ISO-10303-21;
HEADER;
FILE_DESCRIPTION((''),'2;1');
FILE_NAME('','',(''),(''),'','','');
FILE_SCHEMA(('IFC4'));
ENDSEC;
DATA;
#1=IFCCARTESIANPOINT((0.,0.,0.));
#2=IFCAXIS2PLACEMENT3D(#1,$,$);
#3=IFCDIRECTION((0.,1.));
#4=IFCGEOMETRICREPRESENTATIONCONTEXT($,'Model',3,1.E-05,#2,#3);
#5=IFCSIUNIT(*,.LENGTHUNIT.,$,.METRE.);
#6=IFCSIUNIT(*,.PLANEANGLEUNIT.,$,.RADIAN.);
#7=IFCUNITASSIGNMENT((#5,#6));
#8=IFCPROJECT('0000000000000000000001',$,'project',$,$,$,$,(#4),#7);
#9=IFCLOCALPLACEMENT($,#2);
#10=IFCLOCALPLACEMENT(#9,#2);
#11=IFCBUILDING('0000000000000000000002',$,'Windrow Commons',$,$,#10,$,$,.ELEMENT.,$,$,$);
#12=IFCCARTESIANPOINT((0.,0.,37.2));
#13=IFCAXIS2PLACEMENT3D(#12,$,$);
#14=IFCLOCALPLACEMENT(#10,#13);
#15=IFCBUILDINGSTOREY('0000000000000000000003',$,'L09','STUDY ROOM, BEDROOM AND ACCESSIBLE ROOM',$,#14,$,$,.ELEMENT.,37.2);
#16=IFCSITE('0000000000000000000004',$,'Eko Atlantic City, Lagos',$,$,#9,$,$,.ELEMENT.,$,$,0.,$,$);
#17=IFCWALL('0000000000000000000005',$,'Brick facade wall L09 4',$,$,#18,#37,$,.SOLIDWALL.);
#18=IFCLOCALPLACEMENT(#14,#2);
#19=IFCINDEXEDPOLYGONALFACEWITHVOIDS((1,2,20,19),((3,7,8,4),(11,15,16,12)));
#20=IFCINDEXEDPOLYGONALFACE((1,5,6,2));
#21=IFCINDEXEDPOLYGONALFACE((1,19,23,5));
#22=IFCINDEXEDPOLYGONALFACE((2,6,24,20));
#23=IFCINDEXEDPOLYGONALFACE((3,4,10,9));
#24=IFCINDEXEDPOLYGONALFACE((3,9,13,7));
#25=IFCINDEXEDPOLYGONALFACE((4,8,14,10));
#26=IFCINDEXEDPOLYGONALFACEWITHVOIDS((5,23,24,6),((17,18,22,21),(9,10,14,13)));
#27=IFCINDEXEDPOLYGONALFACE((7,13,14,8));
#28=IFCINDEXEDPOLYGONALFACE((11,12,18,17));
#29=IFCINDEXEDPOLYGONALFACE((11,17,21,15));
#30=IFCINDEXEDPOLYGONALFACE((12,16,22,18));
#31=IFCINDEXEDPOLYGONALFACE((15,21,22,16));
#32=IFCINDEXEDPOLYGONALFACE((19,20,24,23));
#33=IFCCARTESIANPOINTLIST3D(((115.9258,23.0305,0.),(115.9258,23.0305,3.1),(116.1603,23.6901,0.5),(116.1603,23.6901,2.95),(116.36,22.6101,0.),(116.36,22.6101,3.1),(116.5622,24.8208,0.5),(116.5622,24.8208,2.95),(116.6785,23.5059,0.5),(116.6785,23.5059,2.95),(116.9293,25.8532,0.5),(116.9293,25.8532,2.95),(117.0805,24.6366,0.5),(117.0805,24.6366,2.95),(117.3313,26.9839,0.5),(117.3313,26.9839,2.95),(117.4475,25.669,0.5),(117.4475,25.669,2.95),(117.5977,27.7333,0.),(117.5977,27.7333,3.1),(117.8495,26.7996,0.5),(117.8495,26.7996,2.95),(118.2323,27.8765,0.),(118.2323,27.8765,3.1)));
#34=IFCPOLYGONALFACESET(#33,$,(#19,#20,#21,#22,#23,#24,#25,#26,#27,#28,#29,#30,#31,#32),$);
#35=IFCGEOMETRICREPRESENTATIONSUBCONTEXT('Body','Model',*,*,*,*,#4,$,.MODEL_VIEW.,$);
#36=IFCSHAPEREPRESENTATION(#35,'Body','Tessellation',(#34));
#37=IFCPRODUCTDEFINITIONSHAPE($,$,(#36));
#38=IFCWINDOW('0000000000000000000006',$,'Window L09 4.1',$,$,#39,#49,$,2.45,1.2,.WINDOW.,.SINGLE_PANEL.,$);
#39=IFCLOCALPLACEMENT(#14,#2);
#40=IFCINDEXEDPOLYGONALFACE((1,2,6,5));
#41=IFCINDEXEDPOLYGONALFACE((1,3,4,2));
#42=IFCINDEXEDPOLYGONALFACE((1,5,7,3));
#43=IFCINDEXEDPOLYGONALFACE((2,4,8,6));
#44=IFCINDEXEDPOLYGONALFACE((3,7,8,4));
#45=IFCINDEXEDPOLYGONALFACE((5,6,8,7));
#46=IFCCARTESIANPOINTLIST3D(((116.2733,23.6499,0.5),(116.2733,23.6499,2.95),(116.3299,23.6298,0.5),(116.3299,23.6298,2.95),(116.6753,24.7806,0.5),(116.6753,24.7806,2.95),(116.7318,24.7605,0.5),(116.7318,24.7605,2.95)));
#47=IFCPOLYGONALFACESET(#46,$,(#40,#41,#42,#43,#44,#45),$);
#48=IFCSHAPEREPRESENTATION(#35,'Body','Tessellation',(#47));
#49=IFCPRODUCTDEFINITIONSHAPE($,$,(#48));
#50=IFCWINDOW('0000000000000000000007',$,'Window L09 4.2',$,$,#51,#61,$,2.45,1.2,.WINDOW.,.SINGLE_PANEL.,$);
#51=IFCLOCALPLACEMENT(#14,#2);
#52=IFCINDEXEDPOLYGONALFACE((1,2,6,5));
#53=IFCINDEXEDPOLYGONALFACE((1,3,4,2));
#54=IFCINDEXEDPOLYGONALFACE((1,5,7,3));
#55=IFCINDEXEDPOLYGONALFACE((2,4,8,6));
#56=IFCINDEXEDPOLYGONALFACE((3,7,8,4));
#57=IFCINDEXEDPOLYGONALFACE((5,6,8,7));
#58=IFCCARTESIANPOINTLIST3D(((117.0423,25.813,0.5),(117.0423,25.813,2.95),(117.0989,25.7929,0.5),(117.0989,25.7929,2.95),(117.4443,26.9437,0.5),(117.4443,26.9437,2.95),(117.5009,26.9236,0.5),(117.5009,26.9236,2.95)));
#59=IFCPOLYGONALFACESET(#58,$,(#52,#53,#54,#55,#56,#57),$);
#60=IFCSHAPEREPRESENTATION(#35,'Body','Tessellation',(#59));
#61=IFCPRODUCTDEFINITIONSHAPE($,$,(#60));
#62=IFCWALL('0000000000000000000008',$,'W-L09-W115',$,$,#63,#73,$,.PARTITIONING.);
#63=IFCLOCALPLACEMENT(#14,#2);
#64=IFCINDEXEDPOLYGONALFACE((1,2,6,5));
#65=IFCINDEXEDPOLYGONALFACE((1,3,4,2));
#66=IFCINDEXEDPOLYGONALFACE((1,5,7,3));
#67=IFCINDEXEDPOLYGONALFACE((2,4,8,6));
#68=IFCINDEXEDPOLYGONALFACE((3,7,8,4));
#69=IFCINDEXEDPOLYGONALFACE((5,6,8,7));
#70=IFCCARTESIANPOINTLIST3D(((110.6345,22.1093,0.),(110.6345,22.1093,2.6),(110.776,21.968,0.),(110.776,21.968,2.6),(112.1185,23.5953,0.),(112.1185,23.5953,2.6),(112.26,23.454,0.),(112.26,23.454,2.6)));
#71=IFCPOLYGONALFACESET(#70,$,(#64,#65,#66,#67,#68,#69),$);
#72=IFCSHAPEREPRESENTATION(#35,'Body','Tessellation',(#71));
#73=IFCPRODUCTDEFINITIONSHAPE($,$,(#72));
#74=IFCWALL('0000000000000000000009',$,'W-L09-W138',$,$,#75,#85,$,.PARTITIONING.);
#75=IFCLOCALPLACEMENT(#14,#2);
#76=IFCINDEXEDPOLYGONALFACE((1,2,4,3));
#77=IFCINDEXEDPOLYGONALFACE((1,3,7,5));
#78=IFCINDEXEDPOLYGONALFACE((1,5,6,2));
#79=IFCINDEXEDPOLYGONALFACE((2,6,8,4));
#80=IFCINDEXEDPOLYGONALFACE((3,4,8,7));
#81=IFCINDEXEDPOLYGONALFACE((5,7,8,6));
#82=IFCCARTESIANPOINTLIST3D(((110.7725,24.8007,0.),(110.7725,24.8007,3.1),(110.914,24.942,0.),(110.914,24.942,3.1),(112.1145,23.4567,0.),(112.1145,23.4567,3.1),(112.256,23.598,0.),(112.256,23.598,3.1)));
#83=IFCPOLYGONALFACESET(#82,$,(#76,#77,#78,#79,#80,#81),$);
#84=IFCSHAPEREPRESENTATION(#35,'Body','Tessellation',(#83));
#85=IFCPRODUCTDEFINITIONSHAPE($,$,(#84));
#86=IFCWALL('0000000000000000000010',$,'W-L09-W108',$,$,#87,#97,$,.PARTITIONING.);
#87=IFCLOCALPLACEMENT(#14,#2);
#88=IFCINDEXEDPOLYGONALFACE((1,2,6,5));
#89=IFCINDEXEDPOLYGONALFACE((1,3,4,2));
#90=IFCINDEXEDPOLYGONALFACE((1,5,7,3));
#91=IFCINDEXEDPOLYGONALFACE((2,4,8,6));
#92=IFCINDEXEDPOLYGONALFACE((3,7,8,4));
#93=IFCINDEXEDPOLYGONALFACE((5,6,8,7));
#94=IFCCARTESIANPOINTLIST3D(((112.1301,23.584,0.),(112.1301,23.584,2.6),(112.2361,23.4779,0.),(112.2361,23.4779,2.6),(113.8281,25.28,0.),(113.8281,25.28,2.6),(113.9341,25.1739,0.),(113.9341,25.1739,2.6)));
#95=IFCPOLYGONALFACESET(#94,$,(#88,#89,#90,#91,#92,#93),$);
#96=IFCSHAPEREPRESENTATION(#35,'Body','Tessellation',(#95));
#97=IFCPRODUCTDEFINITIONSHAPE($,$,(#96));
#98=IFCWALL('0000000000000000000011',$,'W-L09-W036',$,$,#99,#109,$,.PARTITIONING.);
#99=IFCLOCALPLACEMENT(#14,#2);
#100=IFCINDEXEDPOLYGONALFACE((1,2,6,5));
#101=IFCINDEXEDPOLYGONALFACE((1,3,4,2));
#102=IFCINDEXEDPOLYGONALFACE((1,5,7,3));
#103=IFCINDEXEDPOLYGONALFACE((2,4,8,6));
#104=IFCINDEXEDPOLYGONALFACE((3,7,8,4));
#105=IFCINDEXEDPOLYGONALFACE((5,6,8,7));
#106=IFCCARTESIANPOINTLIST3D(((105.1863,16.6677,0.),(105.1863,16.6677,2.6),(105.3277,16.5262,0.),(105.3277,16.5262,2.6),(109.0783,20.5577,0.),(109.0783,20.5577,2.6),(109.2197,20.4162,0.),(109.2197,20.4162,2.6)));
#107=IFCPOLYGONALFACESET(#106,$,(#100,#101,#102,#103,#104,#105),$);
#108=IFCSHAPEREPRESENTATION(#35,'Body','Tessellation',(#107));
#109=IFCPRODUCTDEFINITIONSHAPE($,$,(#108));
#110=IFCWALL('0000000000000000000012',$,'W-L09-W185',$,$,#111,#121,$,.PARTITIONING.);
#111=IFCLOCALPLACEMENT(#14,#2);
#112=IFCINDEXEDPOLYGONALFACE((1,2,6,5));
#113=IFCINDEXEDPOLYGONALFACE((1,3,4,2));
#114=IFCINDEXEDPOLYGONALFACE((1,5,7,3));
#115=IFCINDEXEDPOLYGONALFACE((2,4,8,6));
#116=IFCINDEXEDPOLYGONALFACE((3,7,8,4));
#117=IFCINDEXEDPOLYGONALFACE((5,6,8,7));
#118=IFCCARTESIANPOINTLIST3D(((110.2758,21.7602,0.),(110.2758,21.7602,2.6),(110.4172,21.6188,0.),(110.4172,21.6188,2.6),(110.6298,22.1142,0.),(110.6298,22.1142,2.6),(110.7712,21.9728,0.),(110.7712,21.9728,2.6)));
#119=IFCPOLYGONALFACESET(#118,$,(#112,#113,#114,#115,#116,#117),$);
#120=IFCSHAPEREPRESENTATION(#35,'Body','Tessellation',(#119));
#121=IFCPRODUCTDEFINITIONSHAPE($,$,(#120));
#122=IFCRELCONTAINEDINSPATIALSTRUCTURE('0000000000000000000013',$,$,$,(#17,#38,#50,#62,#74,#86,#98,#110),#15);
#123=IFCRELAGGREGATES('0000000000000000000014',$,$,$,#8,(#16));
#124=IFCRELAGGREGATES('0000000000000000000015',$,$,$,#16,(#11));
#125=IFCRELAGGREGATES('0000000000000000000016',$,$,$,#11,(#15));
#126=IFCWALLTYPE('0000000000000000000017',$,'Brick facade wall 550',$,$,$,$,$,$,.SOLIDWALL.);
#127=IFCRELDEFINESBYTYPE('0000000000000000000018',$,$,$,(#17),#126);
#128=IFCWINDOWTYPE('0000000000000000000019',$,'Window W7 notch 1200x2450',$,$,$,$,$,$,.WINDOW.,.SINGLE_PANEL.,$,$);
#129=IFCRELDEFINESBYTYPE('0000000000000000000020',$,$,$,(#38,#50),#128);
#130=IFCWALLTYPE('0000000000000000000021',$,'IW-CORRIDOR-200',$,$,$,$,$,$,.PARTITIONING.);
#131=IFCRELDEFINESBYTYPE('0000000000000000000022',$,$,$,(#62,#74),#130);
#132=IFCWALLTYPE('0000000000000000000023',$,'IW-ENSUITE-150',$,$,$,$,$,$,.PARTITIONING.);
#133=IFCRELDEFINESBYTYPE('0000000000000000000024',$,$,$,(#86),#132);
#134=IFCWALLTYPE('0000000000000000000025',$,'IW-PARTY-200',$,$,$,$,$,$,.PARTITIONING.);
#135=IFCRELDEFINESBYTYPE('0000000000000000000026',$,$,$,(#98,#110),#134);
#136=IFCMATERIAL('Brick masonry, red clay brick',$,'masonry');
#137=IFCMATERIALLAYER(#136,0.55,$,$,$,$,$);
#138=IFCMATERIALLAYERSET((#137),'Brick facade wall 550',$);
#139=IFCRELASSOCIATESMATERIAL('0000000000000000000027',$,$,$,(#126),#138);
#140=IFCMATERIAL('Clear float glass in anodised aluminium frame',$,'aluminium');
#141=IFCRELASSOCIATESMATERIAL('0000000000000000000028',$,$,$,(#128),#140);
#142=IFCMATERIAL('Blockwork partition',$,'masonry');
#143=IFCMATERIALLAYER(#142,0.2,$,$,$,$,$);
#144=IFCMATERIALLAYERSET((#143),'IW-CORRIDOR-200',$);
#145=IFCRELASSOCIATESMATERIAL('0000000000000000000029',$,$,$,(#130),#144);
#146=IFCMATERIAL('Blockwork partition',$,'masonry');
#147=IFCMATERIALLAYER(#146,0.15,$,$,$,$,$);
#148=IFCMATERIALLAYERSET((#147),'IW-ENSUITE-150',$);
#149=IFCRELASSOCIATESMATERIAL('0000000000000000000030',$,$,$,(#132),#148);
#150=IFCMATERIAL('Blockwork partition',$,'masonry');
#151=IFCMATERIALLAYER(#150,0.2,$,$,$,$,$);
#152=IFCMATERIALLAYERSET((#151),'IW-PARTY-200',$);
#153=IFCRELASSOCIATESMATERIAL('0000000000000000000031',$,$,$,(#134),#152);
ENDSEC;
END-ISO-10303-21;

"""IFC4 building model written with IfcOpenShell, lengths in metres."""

from ifc_helpers import new_model, si_unit, direction, frame, frame_2d, origin, place, context, subcontext, project, spatial, polyline, rectangle, outline, extrude, material, layer, layer_set, type_object, element, fill, save


model = new_model("IFC4")

# Units and contexts
model_context = context("Model", 3, precision=1e-05, world=origin(), true_north=direction((0.0, 1.0)))
body_context = subcontext(model_context, "Body", "Model", "MODEL_VIEW")
ifc_project = project(units=[si_unit("LENGTHUNIT", "METRE"), si_unit("PLANEANGLEUNIT", "RADIAN")], contexts=[model_context])

# Site, building, storey
site_placement = place(None, origin())
site = spatial("IfcSite", under=ifc_project, at=site_placement, Name="Eko Atlantic City, Lagos", CompositionType="ELEMENT", RefElevation=0.0)
building_placement = place(site_placement, origin())
building = spatial("IfcBuilding", under=site, at=building_placement, Name="Windrow Commons", CompositionType="ELEMENT")
storey_placement = place(building_placement, frame((0.0, 0.0, 37.2)))
storey = spatial("IfcBuildingStorey", under=building, at=storey_placement, Name="L09", Description="STUDY ROOM, BEDROOM AND ACCESSIBLE ROOM", CompositionType="ELEMENT", Elevation=37.2)

# Shared definitions
ifc_material_1 = material(Name="Brick masonry, red clay brick", Category="masonry")
ifc_layer_1 = layer(ifc_material_1, 0.55)
ifc_layer_set_1 = layer_set([ifc_layer_1], Name="Brick facade wall 550")
wall_type_1 = type_object("IfcWallType", Name="Brick facade wall 550", PredefinedType="SOLIDWALL", material=ifc_layer_set_1)

# Shared definitions
ifc_material_2 = material(Name="Clear float glass in anodised aluminium frame", Category="aluminium")
window_type_1 = type_object("IfcWindowType", Name="Window W7 notch 1200x2450", PartitioningType="SINGLE_PANEL", PredefinedType="WINDOW", material=ifc_material_2)

# Wall, openings, windows
wall_1_placement = place(storey_placement, frame((116.1429, 22.8203, 0.0), z_axis=(0.0, 0.0, 1.0), x_axis=(0.334976, 0.942227, 0.0)))
wall_1 = element("IfcWall", 1, at=wall_1_placement, inside=storey, type_object=wall_type_1, Name="Brick facade wall L09 4", PredefinedType="SOLIDWALL", context=body_context, shape_type="SweptSolid", body=[
    extrude(outline(polyline([(-0.1253, -0.275), (5.464, -0.275), (5.1165, 0.275), (0.1253, 0.275), (-0.1253, -0.275)])), origin(), (0.0, 0.0, 1.0), 3.1),
])
opening_1_placement = place(wall_1_placement, frame((0.8254, 0.0, 0.5)))
opening_1 = element("IfcOpeningElement", 2, at=opening_1_placement, cuts=wall_1, PredefinedType="OPENING", context=body_context, shape_type="SweptSolid", body=[
    extrude(rectangle(XDim=1.2, YDim=2.45, at=frame_2d((0.6, 1.225))), frame((0.0, 0.285, 0.0), z_axis=(0.0, -1.0, 0.0), x_axis=(1.0, 0.0, 0.0)), (0.0, 0.0, 1.0), 0.57),
])
opening_2_placement = place(wall_1_placement, frame((3.1211, 0.0, 0.5)))
opening_2 = element("IfcOpeningElement", 3, at=opening_2_placement, cuts=wall_1, PredefinedType="OPENING", context=body_context, shape_type="SweptSolid", body=[
    extrude(rectangle(XDim=1.2, YDim=2.45, at=frame_2d((0.6, 1.225))), frame((0.0, 0.285, 0.0), z_axis=(0.0, -1.0, 0.0), x_axis=(1.0, 0.0, 0.0)), (0.0, 0.0, 1.0), 0.57),
])
window_1_placement = place(opening_1_placement, origin())
window_1 = element("IfcWindow", 4, at=window_1_placement, inside=storey, type_object=window_type_1, Name="Window L09 4.1", OverallHeight=2.45, OverallWidth=1.2, PartitioningType="SINGLE_PANEL", PredefinedType="WINDOW", context=body_context, shape_type="SweptSolid", body=[
    extrude(rectangle(XDim=1.2, YDim=2.45, at=frame_2d((0.6, 1.225))), frame((0.0, 0.155, 0.0), z_axis=(0.0, -1.0, 0.0), x_axis=(1.0, 0.0, 0.0)), (0.0, 0.0, 1.0), 0.06),
])
fill(opening_1, window_1)
window_2_placement = place(opening_2_placement, origin())
window_2 = element("IfcWindow", 5, at=window_2_placement, inside=storey, type_object=window_type_1, Name="Window L09 4.2", OverallHeight=2.45, OverallWidth=1.2, PartitioningType="SINGLE_PANEL", PredefinedType="WINDOW", context=body_context, shape_type="SweptSolid", body=[
    extrude(rectangle(XDim=1.2, YDim=2.45, at=frame_2d((0.6, 1.225))), frame((0.0, 0.155, 0.0), z_axis=(0.0, -1.0, 0.0), x_axis=(1.0, 0.0, 0.0)), (0.0, 0.0, 1.0), 0.06),
])
fill(opening_2, window_2)

# Walls
ifc_material_3 = material(Name="Blockwork partition", Category="masonry")
ifc_layer_2 = layer(ifc_material_3, 0.2)
ifc_layer_set_2 = layer_set([ifc_layer_2], Name="IW-CORRIDOR-200")
wall_type_2 = type_object("IfcWallType", Name="IW-CORRIDOR-200", PredefinedType="PARTITIONING", material=ifc_layer_set_2)
wall_2_placement = place(storey_placement, frame((110.7053, 22.0387, 0.0), z_axis=(0.0, 0.0, 1.0), x_axis=(0.70663, 0.707583, 0.0)))
element("IfcWall", 6, at=wall_2_placement, inside=storey, type_object=wall_type_2, Name="W-L09-W115", PredefinedType="PARTITIONING", context=body_context, shape_type="SweptSolid", body=[
    extrude(rectangle(XDim=2.1001, YDim=0.2, at=frame_2d((1.05, 0.0))), origin(), (0.0, 0.0, 1.0), 2.6),
])
wall_3_placement = place(storey_placement, frame((110.8433, 24.8713, 0.0), z_axis=(0.0, 0.0, 1.0), x_axis=(0.70658, -0.707633, 0.0)))
element("IfcWall", 7, at=wall_3_placement, inside=storey, type_object=wall_type_2, Name="W-L09-W138", PredefinedType="PARTITIONING", context=body_context, shape_type="SweptSolid", body=[
    extrude(rectangle(XDim=1.8993, YDim=0.2, at=frame_2d((0.9496, 0.0))), origin(), (0.0, 0.0, 1.0), 3.1),
])
ifc_material_4 = material(Name="Blockwork partition", Category="masonry")
ifc_layer_3 = layer(ifc_material_4, 0.15)
ifc_layer_set_3 = layer_set([ifc_layer_3], Name="IW-ENSUITE-150")
wall_type_3 = type_object("IfcWallType", Name="IW-ENSUITE-150", PredefinedType="PARTITIONING", material=ifc_layer_set_3)
wall_4_placement = place(storey_placement, frame((112.1831, 23.5309, 0.0), z_axis=(0.0, 0.0, 1.0), x_axis=(0.707523, 0.70669, 0.0)))
element("IfcWall", 8, at=wall_4_placement, inside=storey, type_object=wall_type_3, Name="W-L09-W108", PredefinedType="PARTITIONING", context=body_context, shape_type="SweptSolid", body=[
    extrude(rectangle(XDim=2.3999, YDim=0.15, at=frame_2d((1.2, 0.0))), origin(), (0.0, 0.0, 1.0), 2.6),
])
ifc_material_5 = material(Name="Blockwork partition", Category="masonry")
ifc_layer_4 = layer(ifc_material_5, 0.2)
ifc_layer_set_4 = layer_set([ifc_layer_4], Name="IW-PARTY-200")
wall_type_4 = type_object("IfcWallType", Name="IW-PARTY-200", PredefinedType="PARTITIONING", material=ifc_layer_set_4)
wall_5_placement = place(storey_placement, frame((105.257, 16.597, 0.0), z_axis=(0.0, 0.0, 1.0), x_axis=(0.707288, 0.706925, 0.0)))
element("IfcWall", 9, at=wall_5_placement, inside=storey, type_object=wall_type_4, Name="W-L09-W036", PredefinedType="PARTITIONING", context=body_context, shape_type="SweptSolid", body=[
    extrude(rectangle(XDim=5.5027, YDim=0.2, at=frame_2d((2.7513, 0.0))), origin(), (0.0, 0.0, 1.0), 2.6),
])
wall_6_placement = place(storey_placement, frame((110.3465, 21.6895, 0.0), z_axis=(0.0, 0.0, 1.0), x_axis=(0.707107, 0.707107, 0.0)))
element("IfcWall", 10, at=wall_6_placement, inside=storey, type_object=wall_type_4, Name="W-L09-W185", PredefinedType="PARTITIONING", context=body_context, shape_type="SweptSolid", body=[
    extrude(rectangle(XDim=0.5006, YDim=0.2, at=frame_2d((0.2503, 0.0))), origin(), (0.0, 0.0, 1.0), 2.6),
])

save(model, "model.ifc")
